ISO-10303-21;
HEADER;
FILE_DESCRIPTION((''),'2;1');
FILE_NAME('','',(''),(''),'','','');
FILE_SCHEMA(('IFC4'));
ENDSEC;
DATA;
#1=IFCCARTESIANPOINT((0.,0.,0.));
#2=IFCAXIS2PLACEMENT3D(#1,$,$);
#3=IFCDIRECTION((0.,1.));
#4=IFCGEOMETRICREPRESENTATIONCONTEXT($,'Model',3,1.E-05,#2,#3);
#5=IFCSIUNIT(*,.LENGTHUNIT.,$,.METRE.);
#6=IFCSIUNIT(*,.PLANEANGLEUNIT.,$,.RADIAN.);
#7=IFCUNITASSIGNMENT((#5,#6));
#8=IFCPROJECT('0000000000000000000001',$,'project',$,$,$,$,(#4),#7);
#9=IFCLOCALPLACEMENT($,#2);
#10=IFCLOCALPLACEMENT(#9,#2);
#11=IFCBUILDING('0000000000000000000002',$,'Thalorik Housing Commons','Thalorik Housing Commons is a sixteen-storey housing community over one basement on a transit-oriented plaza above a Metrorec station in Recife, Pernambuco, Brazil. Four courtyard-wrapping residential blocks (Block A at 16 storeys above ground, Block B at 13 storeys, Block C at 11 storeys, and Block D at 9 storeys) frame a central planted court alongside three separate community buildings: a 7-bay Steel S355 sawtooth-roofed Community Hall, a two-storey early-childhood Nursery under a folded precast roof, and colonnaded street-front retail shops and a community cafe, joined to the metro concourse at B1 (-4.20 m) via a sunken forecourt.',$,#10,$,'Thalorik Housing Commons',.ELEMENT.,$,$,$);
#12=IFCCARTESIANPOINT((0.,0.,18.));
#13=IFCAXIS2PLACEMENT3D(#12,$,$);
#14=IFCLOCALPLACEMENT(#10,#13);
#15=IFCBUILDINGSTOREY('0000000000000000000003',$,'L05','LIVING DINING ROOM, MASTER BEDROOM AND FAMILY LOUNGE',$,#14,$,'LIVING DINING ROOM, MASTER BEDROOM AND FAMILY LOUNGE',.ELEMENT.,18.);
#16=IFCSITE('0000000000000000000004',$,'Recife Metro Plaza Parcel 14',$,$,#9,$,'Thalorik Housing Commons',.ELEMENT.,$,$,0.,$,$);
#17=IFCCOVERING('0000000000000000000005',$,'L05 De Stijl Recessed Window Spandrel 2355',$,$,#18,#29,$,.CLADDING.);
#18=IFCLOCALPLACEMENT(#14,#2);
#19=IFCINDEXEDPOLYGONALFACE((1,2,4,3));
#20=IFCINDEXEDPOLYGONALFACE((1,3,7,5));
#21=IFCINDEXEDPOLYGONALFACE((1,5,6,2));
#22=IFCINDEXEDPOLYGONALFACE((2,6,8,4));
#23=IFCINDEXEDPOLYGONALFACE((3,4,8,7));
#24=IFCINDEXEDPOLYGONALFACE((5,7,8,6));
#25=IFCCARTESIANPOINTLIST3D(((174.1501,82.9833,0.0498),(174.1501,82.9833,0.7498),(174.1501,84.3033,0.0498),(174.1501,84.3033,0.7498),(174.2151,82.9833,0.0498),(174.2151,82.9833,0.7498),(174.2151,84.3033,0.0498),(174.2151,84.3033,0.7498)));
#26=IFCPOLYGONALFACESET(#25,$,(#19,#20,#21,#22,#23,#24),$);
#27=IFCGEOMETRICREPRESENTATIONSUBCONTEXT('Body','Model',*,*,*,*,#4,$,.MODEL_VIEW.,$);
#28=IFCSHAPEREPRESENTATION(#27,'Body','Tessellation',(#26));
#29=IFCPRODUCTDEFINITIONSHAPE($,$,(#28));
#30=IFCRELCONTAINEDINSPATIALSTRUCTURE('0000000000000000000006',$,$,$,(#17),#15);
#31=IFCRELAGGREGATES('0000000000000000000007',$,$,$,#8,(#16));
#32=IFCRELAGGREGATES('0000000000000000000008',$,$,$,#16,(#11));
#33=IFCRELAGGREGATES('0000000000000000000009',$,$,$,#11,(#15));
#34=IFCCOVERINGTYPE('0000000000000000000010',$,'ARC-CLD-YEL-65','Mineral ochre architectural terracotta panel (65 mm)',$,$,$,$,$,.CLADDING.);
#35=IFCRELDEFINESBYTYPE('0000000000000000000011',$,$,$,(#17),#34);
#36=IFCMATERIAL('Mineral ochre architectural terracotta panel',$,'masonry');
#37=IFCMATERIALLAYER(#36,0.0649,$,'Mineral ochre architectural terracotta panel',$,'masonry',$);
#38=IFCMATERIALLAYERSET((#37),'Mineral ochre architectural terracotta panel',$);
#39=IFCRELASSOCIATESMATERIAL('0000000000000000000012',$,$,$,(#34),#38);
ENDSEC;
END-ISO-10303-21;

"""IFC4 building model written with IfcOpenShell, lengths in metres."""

from ifc_helpers import new_model, si_unit, direction, frame, origin, origin_2d, place, context, subcontext, project, spatial, rectangle, extrude, material, layer, layer_set, type_object, element, save


model = new_model("IFC4")

# Units and contexts
model_context = context("Model", 3, precision=1e-05, world=origin(), true_north=direction((0.0, 1.0)))
body_context = subcontext(model_context, "Body", "Model", "MODEL_VIEW")
ifc_project = project(units=[si_unit("LENGTHUNIT", "METRE"), si_unit("PLANEANGLEUNIT", "RADIAN")], contexts=[model_context])

# Site, building, storey
site_placement = place(None, origin())
site = spatial("IfcSite", under=ifc_project, at=site_placement, Name="Recife Metro Plaza Parcel 14", LongName="Thalorik Housing Commons", CompositionType="ELEMENT", RefElevation=0.0)
building_placement = place(site_placement, origin())
building = spatial("IfcBuilding", under=site, at=building_placement, Name="Thalorik Housing Commons", Description="Thalorik Housing Commons is a sixteen-storey housing community over one basement on a transit-oriented plaza above a Metrorec station in Recife, Pernambuco, Brazil. Four courtyard-wrapping residential blocks (Block A at 16 storeys above ground, Block B at 13 storeys, Block C at 11 storeys, and Block D at 9 storeys) frame a central planted court alongside three separate community buildings: a 7-bay Steel S355 sawtooth-roofed Community Hall, a two-storey early-childhood Nursery under a folded precast roof, and colonnaded street-front retail shops and a community cafe, joined to the metro concourse at B1 (-4.20 m) via a sunken forecourt.", LongName="Thalorik Housing Commons", CompositionType="ELEMENT")
storey_placement = place(building_placement, frame((0.0, 0.0, 18.0)))
storey = spatial("IfcBuildingStorey", under=building, at=storey_placement, Name="L05", Description="LIVING DINING ROOM, MASTER BEDROOM AND FAMILY LOUNGE", LongName="LIVING DINING ROOM, MASTER BEDROOM AND FAMILY LOUNGE", CompositionType="ELEMENT", Elevation=18.0)

# Covering
ifc_material_1 = material(Name="Mineral ochre architectural terracotta panel", Category="masonry")
ifc_layer_1 = layer(ifc_material_1, 0.0649, Name="Mineral ochre architectural terracotta panel", Category="masonry")
ifc_layer_set_1 = layer_set([ifc_layer_1], Name="Mineral ochre architectural terracotta panel")
covering_type_1 = type_object("IfcCoveringType", Name="ARC-CLD-YEL-65", Description="Mineral ochre architectural terracotta panel (65 mm)", PredefinedType="CLADDING", material=ifc_layer_set_1)
covering_1_placement = place(storey_placement, frame((174.1826, 83.6433, 0.0498), z_axis=(0.0, 0.0, 1.0), x_axis=(0.0, 1.0, 0.0)))
element("IfcCovering", 1, at=covering_1_placement, inside=storey, type_object=covering_type_1, Name="L05 De Stijl Recessed Window Spandrel 2355", PredefinedType="CLADDING", context=body_context, shape_type="SweptSolid", body=[
    extrude(rectangle(XDim=1.3201, YDim=0.0649, at=origin_2d()), origin(), (0.0, 0.0, 1.0), 0.7),
])

save(model, "model.ifc")
